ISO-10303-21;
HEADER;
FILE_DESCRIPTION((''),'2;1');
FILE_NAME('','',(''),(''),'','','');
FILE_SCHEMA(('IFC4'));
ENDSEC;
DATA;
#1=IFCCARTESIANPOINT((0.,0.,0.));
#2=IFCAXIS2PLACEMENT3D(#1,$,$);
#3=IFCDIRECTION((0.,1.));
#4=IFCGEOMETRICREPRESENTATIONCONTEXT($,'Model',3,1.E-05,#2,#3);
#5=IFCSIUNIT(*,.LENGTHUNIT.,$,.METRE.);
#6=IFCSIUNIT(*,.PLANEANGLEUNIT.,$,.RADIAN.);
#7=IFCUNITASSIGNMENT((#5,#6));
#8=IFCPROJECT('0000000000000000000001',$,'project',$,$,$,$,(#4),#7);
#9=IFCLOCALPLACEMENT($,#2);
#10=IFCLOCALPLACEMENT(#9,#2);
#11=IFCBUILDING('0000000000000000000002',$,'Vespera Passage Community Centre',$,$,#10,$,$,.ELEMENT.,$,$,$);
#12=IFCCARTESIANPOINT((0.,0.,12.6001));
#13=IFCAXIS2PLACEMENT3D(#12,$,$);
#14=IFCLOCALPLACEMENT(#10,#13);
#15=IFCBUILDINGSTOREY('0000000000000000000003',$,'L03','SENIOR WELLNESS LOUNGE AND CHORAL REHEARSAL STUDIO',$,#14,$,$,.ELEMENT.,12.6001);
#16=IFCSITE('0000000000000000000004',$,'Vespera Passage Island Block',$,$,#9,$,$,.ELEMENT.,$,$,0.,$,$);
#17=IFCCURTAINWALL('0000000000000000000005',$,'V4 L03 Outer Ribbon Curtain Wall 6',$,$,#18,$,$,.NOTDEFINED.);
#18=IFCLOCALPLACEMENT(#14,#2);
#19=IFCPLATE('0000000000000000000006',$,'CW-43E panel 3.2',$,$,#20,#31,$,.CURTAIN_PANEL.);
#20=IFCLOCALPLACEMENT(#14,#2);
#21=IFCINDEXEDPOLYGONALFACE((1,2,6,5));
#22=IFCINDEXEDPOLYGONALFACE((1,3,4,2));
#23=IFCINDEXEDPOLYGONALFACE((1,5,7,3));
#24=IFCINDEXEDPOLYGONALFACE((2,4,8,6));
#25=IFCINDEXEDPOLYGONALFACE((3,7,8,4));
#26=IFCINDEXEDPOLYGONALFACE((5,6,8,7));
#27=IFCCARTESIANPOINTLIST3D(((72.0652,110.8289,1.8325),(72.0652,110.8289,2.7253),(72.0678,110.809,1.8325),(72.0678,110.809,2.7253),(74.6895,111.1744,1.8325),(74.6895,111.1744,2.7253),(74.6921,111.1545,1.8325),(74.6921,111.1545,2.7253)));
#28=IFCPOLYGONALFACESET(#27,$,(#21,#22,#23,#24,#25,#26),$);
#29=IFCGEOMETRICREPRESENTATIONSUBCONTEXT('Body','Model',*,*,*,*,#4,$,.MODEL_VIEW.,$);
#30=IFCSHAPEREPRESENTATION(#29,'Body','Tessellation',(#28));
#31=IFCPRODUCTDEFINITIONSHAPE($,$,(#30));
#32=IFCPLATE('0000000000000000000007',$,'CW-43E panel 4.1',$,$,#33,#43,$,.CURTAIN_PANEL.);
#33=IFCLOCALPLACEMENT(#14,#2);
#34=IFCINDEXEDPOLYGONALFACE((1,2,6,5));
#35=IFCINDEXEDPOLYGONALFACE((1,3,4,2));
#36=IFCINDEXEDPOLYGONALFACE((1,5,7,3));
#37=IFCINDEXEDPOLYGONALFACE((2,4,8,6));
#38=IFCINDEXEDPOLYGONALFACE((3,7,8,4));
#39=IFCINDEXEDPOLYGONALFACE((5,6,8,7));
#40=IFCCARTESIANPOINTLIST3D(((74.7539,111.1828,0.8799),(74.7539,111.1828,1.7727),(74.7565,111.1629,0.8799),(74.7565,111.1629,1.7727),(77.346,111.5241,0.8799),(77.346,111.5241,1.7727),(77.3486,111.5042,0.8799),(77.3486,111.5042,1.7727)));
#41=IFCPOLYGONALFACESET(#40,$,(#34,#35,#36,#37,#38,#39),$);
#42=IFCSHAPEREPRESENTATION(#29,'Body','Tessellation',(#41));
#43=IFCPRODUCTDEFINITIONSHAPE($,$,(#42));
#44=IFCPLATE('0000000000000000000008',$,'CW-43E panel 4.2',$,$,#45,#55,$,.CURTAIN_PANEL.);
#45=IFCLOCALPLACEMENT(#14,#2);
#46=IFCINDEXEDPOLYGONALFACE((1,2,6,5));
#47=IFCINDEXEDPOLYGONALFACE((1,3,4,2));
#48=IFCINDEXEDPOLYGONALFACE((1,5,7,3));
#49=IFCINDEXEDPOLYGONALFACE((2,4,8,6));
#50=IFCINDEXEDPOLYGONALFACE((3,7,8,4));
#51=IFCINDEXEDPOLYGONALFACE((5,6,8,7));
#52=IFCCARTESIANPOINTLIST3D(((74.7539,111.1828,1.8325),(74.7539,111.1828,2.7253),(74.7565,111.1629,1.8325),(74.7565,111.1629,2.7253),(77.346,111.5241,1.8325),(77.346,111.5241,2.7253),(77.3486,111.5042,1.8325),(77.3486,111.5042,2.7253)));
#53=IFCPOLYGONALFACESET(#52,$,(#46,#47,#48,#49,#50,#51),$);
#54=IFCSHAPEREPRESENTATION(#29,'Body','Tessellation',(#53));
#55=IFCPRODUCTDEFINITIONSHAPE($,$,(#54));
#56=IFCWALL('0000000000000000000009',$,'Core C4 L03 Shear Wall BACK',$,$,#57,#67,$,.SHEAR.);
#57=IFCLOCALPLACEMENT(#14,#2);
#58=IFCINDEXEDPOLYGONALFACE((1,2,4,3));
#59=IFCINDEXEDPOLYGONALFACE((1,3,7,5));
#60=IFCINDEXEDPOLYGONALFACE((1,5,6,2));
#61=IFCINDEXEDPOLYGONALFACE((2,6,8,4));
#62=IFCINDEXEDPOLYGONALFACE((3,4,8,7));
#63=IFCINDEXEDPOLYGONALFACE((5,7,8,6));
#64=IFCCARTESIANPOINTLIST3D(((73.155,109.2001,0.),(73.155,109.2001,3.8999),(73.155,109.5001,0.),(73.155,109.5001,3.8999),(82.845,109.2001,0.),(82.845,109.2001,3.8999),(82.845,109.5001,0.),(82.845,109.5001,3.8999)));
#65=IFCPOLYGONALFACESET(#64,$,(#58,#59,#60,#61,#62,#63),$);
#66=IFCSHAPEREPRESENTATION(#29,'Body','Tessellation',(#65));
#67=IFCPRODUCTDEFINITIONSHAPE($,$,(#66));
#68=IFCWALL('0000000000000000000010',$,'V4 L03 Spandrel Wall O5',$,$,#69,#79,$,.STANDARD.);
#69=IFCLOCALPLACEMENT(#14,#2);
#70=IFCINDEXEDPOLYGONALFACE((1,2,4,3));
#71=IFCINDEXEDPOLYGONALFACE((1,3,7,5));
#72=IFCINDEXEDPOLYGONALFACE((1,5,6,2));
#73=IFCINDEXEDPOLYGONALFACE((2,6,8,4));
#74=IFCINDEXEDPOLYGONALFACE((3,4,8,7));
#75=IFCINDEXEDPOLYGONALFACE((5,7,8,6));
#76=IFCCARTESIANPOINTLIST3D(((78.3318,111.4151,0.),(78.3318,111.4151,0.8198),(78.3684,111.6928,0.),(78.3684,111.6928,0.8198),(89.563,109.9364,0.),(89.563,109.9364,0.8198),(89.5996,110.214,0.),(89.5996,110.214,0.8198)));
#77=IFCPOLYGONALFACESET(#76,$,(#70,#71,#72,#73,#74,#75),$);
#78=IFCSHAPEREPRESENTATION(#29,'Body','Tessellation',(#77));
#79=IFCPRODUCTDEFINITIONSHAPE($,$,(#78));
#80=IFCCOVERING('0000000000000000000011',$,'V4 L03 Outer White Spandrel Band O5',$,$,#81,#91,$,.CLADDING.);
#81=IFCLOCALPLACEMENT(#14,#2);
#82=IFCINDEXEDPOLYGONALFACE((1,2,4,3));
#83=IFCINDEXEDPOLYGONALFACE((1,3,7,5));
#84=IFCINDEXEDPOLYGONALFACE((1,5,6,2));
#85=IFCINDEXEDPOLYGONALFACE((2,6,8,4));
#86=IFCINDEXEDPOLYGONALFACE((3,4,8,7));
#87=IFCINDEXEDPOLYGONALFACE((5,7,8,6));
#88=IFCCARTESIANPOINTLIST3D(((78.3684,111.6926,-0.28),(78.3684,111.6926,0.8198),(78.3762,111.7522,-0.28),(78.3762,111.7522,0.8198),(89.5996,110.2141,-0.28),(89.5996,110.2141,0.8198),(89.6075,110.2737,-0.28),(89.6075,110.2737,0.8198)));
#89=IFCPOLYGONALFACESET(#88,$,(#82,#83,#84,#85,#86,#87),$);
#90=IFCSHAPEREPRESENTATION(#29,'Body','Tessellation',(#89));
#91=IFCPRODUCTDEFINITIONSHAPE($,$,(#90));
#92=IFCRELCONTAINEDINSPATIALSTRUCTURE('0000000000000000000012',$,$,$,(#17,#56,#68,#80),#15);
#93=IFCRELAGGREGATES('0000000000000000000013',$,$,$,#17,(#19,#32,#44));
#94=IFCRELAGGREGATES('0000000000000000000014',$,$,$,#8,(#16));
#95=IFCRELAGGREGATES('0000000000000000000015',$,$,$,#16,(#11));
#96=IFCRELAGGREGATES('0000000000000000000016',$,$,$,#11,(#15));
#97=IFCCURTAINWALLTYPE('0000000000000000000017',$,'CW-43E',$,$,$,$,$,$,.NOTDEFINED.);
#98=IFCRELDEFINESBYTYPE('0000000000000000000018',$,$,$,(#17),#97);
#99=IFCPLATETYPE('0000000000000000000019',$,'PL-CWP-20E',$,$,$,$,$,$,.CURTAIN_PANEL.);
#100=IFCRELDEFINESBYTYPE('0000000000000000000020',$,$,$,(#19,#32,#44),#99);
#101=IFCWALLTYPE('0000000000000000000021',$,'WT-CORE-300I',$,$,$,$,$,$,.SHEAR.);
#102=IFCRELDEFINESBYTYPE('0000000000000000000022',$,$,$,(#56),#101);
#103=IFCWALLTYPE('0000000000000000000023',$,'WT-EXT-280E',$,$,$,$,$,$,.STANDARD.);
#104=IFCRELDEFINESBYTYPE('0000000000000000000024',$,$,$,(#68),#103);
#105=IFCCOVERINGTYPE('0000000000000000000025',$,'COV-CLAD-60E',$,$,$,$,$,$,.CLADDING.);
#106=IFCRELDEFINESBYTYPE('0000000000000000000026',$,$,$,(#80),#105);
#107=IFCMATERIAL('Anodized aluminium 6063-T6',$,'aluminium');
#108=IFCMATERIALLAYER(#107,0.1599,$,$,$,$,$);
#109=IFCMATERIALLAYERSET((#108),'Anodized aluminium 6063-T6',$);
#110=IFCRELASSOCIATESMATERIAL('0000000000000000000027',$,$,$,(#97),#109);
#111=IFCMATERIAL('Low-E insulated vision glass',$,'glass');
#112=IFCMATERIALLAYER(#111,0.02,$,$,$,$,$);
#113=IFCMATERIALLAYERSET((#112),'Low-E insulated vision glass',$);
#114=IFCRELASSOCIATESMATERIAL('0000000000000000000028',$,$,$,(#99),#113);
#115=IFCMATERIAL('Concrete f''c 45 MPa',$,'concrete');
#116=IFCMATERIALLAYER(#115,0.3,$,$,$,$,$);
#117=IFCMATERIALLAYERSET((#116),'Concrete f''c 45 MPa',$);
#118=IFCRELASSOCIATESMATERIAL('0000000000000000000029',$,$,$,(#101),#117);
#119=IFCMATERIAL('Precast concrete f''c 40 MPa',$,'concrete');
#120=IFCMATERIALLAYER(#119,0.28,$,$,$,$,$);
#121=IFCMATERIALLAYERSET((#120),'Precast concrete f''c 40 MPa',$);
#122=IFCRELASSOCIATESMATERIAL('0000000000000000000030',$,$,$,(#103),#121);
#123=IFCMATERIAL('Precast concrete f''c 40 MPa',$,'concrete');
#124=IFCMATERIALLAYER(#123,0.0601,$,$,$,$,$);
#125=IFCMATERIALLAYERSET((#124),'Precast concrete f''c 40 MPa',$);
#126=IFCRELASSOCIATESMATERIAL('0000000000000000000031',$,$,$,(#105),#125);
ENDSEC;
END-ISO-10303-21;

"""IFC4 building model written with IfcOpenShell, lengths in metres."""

from ifc_helpers import new_model, si_unit, direction, frame, frame_2d, origin, origin_2d, place, context, subcontext, project, spatial, rectangle, extrude, material, layer, layer_set, type_object, element, aggregate, save


model = new_model("IFC4")

# Units and contexts
model_context = context("Model", 3, precision=1e-05, world=origin(), true_north=direction((0.0, 1.0)))
body_context = subcontext(model_context, "Body", "Model", "MODEL_VIEW")
ifc_project = project(units=[si_unit("LENGTHUNIT", "METRE"), si_unit("PLANEANGLEUNIT", "RADIAN")], contexts=[model_context])

# Site, building, storey
site_placement = place(None, origin())
site = spatial("IfcSite", under=ifc_project, at=site_placement, Name="Vespera Passage Island Block", CompositionType="ELEMENT", RefElevation=0.0)
building_placement = place(site_placement, origin())
building = spatial("IfcBuilding", under=site, at=building_placement, Name="Vespera Passage Community Centre", CompositionType="ELEMENT")
storey_placement = place(building_placement, frame((0.0, 0.0, 12.6001)))
storey = spatial("IfcBuildingStorey", under=building, at=storey_placement, Name="L03", Description="SENIOR WELLNESS LOUNGE AND CHORAL REHEARSAL STUDIO", CompositionType="ELEMENT", Elevation=12.6001)

# Curtain wall, plates
ifc_material_1 = material(Name="Anodized aluminium 6063-T6", Category="aluminium")
ifc_layer_1 = layer(ifc_material_1, 0.1599)
ifc_layer_set_1 = layer_set([ifc_layer_1], Name="Anodized aluminium 6063-T6")
curtain_wall_type = type_object("IfcCurtainWallType", Name="CW-43E", PredefinedType="NOTDEFINED", material=ifc_layer_set_1)
curtain_wall_placement = place(storey_placement, origin())
curtain_wall = element("IfcCurtainWall", 1, at=curtain_wall_placement, inside=storey, type_object=curtain_wall_type, Name="V4 L03 Outer Ribbon Curtain Wall 6", PredefinedType="NOTDEFINED")
ifc_material_2 = material(Name="Low-E insulated vision glass", Category="glass")
ifc_layer_2 = layer(ifc_material_2, 0.02)
ifc_layer_set_2 = layer_set([ifc_layer_2], Name="Low-E insulated vision glass")
plate_type = type_object("IfcPlateType", Name="PL-CWP-20E", PredefinedType="CURTAIN_PANEL", material=ifc_layer_set_2)
plate_1_placement = place(storey_placement, frame((73.3787, 110.9917, 1.8325), z_axis=(0.0, 0.0, 1.0), x_axis=(0.991444, 0.130531, 0.0)))
plate_1 = element("IfcPlate", 2, at=plate_1_placement, type_object=plate_type, Name="CW-43E panel 3.2", PredefinedType="CURTAIN_PANEL", context=body_context, shape_type="SweptSolid", body=[
    extrude(rectangle(XDim=2.647, YDim=0.02, at=origin_2d()), origin(), (0.0, 0.0, 1.0), 0.8928),
])
plate_2_placement = place(storey_placement, frame((76.0513, 111.3435, 0.8799), z_axis=(0.0, 0.0, 1.0), x_axis=(0.991444, 0.130531, 0.0)))
plate_2 = element("IfcPlate", 3, at=plate_2_placement, type_object=plate_type, Name="CW-43E panel 4.1", PredefinedType="CURTAIN_PANEL", context=body_context, shape_type="SweptSolid", body=[
    extrude(rectangle(XDim=2.6145, YDim=0.02, at=origin_2d()), origin(), (0.0, 0.0, 1.0), 0.8928),
])
plate_3_placement = place(storey_placement, frame((76.0513, 111.3435, 1.8325), z_axis=(0.0, 0.0, 1.0), x_axis=(0.991444, 0.130531, 0.0)))
plate_3 = element("IfcPlate", 4, at=plate_3_placement, type_object=plate_type, Name="CW-43E panel 4.2", PredefinedType="CURTAIN_PANEL", context=body_context, shape_type="SweptSolid", body=[
    extrude(rectangle(XDim=2.6145, YDim=0.02, at=origin_2d()), origin(), (0.0, 0.0, 1.0), 0.8928),
])
aggregate(curtain_wall, [plate_1, plate_2, plate_3])

# Walls
ifc_material_3 = material(Name="Concrete f'c 45 MPa", Category="concrete")
ifc_layer_3 = layer(ifc_material_3, 0.3)
ifc_layer_set_3 = layer_set([ifc_layer_3], Name="Concrete f'c 45 MPa")
wall_type_1 = type_object("IfcWallType", Name="WT-CORE-300I", PredefinedType="SHEAR", material=ifc_layer_set_3)
wall_1_placement = place(storey_placement, frame((73.155, 109.3501, 0.0), z_axis=(0.0, 0.0, 1.0), x_axis=(1.0, 0.0, 0.0)))
element("IfcWall", 5, at=wall_1_placement, inside=storey, type_object=wall_type_1, Name="Core C4 L03 Shear Wall BACK", PredefinedType="SHEAR", context=body_context, shape_type="SweptSolid", body=[
    extrude(rectangle(XDim=9.6899, YDim=0.3, at=frame_2d((4.845, 0.0))), origin(), (0.0, 0.0, 1.0), 3.8999),
])
ifc_material_4 = material(Name="Precast concrete f'c 40 MPa", Category="concrete")
ifc_layer_4 = layer(ifc_material_4, 0.28)
ifc_layer_set_4 = layer_set([ifc_layer_4], Name="Precast concrete f'c 40 MPa")
wall_type_2 = type_object("IfcWallType", Name="WT-EXT-280E", PredefinedType="STANDARD", material=ifc_layer_set_4)
wall_2_placement = place(storey_placement, frame((78.3501, 111.554, 0.0), z_axis=(0.0, 0.0, 1.0), x_axis=(0.991443, -0.130539, 0.0)))
element("IfcWall", 6, at=wall_2_placement, inside=storey, type_object=wall_type_2, Name="V4 L03 Spandrel Wall O5", PredefinedType="STANDARD", context=body_context, shape_type="SweptSolid", body=[
    extrude(rectangle(XDim=11.3281, YDim=0.28, at=frame_2d((5.6641, 0.0))), origin(), (0.0, 0.0, 1.0), 0.8198),
])

# Covering
ifc_material_5 = material(Name="Precast concrete f'c 40 MPa", Category="concrete")
ifc_layer_5 = layer(ifc_material_5, 0.0601)
ifc_layer_set_5 = layer_set([ifc_layer_5], Name="Precast concrete f'c 40 MPa")
covering_type = type_object("IfcCoveringType", Name="COV-CLAD-60E", PredefinedType="CLADDING", material=ifc_layer_set_5)
covering_placement = place(storey_placement, frame((78.3723, 111.7224, -0.28), z_axis=(0.0, 0.0, 1.0), x_axis=(0.991446, -0.130518, 0.0)))
element("IfcCovering", 7, at=covering_placement, inside=storey, type_object=covering_type, Name="V4 L03 Outer White Spandrel Band O5", PredefinedType="CLADDING", context=body_context, shape_type="SweptSolid", body=[
    extrude(rectangle(XDim=11.3281, YDim=0.0601, at=frame_2d((5.6641, 0.0))), origin(), (0.0, 0.0, 1.0), 1.0999),
])

save(model, "model.ifc")
